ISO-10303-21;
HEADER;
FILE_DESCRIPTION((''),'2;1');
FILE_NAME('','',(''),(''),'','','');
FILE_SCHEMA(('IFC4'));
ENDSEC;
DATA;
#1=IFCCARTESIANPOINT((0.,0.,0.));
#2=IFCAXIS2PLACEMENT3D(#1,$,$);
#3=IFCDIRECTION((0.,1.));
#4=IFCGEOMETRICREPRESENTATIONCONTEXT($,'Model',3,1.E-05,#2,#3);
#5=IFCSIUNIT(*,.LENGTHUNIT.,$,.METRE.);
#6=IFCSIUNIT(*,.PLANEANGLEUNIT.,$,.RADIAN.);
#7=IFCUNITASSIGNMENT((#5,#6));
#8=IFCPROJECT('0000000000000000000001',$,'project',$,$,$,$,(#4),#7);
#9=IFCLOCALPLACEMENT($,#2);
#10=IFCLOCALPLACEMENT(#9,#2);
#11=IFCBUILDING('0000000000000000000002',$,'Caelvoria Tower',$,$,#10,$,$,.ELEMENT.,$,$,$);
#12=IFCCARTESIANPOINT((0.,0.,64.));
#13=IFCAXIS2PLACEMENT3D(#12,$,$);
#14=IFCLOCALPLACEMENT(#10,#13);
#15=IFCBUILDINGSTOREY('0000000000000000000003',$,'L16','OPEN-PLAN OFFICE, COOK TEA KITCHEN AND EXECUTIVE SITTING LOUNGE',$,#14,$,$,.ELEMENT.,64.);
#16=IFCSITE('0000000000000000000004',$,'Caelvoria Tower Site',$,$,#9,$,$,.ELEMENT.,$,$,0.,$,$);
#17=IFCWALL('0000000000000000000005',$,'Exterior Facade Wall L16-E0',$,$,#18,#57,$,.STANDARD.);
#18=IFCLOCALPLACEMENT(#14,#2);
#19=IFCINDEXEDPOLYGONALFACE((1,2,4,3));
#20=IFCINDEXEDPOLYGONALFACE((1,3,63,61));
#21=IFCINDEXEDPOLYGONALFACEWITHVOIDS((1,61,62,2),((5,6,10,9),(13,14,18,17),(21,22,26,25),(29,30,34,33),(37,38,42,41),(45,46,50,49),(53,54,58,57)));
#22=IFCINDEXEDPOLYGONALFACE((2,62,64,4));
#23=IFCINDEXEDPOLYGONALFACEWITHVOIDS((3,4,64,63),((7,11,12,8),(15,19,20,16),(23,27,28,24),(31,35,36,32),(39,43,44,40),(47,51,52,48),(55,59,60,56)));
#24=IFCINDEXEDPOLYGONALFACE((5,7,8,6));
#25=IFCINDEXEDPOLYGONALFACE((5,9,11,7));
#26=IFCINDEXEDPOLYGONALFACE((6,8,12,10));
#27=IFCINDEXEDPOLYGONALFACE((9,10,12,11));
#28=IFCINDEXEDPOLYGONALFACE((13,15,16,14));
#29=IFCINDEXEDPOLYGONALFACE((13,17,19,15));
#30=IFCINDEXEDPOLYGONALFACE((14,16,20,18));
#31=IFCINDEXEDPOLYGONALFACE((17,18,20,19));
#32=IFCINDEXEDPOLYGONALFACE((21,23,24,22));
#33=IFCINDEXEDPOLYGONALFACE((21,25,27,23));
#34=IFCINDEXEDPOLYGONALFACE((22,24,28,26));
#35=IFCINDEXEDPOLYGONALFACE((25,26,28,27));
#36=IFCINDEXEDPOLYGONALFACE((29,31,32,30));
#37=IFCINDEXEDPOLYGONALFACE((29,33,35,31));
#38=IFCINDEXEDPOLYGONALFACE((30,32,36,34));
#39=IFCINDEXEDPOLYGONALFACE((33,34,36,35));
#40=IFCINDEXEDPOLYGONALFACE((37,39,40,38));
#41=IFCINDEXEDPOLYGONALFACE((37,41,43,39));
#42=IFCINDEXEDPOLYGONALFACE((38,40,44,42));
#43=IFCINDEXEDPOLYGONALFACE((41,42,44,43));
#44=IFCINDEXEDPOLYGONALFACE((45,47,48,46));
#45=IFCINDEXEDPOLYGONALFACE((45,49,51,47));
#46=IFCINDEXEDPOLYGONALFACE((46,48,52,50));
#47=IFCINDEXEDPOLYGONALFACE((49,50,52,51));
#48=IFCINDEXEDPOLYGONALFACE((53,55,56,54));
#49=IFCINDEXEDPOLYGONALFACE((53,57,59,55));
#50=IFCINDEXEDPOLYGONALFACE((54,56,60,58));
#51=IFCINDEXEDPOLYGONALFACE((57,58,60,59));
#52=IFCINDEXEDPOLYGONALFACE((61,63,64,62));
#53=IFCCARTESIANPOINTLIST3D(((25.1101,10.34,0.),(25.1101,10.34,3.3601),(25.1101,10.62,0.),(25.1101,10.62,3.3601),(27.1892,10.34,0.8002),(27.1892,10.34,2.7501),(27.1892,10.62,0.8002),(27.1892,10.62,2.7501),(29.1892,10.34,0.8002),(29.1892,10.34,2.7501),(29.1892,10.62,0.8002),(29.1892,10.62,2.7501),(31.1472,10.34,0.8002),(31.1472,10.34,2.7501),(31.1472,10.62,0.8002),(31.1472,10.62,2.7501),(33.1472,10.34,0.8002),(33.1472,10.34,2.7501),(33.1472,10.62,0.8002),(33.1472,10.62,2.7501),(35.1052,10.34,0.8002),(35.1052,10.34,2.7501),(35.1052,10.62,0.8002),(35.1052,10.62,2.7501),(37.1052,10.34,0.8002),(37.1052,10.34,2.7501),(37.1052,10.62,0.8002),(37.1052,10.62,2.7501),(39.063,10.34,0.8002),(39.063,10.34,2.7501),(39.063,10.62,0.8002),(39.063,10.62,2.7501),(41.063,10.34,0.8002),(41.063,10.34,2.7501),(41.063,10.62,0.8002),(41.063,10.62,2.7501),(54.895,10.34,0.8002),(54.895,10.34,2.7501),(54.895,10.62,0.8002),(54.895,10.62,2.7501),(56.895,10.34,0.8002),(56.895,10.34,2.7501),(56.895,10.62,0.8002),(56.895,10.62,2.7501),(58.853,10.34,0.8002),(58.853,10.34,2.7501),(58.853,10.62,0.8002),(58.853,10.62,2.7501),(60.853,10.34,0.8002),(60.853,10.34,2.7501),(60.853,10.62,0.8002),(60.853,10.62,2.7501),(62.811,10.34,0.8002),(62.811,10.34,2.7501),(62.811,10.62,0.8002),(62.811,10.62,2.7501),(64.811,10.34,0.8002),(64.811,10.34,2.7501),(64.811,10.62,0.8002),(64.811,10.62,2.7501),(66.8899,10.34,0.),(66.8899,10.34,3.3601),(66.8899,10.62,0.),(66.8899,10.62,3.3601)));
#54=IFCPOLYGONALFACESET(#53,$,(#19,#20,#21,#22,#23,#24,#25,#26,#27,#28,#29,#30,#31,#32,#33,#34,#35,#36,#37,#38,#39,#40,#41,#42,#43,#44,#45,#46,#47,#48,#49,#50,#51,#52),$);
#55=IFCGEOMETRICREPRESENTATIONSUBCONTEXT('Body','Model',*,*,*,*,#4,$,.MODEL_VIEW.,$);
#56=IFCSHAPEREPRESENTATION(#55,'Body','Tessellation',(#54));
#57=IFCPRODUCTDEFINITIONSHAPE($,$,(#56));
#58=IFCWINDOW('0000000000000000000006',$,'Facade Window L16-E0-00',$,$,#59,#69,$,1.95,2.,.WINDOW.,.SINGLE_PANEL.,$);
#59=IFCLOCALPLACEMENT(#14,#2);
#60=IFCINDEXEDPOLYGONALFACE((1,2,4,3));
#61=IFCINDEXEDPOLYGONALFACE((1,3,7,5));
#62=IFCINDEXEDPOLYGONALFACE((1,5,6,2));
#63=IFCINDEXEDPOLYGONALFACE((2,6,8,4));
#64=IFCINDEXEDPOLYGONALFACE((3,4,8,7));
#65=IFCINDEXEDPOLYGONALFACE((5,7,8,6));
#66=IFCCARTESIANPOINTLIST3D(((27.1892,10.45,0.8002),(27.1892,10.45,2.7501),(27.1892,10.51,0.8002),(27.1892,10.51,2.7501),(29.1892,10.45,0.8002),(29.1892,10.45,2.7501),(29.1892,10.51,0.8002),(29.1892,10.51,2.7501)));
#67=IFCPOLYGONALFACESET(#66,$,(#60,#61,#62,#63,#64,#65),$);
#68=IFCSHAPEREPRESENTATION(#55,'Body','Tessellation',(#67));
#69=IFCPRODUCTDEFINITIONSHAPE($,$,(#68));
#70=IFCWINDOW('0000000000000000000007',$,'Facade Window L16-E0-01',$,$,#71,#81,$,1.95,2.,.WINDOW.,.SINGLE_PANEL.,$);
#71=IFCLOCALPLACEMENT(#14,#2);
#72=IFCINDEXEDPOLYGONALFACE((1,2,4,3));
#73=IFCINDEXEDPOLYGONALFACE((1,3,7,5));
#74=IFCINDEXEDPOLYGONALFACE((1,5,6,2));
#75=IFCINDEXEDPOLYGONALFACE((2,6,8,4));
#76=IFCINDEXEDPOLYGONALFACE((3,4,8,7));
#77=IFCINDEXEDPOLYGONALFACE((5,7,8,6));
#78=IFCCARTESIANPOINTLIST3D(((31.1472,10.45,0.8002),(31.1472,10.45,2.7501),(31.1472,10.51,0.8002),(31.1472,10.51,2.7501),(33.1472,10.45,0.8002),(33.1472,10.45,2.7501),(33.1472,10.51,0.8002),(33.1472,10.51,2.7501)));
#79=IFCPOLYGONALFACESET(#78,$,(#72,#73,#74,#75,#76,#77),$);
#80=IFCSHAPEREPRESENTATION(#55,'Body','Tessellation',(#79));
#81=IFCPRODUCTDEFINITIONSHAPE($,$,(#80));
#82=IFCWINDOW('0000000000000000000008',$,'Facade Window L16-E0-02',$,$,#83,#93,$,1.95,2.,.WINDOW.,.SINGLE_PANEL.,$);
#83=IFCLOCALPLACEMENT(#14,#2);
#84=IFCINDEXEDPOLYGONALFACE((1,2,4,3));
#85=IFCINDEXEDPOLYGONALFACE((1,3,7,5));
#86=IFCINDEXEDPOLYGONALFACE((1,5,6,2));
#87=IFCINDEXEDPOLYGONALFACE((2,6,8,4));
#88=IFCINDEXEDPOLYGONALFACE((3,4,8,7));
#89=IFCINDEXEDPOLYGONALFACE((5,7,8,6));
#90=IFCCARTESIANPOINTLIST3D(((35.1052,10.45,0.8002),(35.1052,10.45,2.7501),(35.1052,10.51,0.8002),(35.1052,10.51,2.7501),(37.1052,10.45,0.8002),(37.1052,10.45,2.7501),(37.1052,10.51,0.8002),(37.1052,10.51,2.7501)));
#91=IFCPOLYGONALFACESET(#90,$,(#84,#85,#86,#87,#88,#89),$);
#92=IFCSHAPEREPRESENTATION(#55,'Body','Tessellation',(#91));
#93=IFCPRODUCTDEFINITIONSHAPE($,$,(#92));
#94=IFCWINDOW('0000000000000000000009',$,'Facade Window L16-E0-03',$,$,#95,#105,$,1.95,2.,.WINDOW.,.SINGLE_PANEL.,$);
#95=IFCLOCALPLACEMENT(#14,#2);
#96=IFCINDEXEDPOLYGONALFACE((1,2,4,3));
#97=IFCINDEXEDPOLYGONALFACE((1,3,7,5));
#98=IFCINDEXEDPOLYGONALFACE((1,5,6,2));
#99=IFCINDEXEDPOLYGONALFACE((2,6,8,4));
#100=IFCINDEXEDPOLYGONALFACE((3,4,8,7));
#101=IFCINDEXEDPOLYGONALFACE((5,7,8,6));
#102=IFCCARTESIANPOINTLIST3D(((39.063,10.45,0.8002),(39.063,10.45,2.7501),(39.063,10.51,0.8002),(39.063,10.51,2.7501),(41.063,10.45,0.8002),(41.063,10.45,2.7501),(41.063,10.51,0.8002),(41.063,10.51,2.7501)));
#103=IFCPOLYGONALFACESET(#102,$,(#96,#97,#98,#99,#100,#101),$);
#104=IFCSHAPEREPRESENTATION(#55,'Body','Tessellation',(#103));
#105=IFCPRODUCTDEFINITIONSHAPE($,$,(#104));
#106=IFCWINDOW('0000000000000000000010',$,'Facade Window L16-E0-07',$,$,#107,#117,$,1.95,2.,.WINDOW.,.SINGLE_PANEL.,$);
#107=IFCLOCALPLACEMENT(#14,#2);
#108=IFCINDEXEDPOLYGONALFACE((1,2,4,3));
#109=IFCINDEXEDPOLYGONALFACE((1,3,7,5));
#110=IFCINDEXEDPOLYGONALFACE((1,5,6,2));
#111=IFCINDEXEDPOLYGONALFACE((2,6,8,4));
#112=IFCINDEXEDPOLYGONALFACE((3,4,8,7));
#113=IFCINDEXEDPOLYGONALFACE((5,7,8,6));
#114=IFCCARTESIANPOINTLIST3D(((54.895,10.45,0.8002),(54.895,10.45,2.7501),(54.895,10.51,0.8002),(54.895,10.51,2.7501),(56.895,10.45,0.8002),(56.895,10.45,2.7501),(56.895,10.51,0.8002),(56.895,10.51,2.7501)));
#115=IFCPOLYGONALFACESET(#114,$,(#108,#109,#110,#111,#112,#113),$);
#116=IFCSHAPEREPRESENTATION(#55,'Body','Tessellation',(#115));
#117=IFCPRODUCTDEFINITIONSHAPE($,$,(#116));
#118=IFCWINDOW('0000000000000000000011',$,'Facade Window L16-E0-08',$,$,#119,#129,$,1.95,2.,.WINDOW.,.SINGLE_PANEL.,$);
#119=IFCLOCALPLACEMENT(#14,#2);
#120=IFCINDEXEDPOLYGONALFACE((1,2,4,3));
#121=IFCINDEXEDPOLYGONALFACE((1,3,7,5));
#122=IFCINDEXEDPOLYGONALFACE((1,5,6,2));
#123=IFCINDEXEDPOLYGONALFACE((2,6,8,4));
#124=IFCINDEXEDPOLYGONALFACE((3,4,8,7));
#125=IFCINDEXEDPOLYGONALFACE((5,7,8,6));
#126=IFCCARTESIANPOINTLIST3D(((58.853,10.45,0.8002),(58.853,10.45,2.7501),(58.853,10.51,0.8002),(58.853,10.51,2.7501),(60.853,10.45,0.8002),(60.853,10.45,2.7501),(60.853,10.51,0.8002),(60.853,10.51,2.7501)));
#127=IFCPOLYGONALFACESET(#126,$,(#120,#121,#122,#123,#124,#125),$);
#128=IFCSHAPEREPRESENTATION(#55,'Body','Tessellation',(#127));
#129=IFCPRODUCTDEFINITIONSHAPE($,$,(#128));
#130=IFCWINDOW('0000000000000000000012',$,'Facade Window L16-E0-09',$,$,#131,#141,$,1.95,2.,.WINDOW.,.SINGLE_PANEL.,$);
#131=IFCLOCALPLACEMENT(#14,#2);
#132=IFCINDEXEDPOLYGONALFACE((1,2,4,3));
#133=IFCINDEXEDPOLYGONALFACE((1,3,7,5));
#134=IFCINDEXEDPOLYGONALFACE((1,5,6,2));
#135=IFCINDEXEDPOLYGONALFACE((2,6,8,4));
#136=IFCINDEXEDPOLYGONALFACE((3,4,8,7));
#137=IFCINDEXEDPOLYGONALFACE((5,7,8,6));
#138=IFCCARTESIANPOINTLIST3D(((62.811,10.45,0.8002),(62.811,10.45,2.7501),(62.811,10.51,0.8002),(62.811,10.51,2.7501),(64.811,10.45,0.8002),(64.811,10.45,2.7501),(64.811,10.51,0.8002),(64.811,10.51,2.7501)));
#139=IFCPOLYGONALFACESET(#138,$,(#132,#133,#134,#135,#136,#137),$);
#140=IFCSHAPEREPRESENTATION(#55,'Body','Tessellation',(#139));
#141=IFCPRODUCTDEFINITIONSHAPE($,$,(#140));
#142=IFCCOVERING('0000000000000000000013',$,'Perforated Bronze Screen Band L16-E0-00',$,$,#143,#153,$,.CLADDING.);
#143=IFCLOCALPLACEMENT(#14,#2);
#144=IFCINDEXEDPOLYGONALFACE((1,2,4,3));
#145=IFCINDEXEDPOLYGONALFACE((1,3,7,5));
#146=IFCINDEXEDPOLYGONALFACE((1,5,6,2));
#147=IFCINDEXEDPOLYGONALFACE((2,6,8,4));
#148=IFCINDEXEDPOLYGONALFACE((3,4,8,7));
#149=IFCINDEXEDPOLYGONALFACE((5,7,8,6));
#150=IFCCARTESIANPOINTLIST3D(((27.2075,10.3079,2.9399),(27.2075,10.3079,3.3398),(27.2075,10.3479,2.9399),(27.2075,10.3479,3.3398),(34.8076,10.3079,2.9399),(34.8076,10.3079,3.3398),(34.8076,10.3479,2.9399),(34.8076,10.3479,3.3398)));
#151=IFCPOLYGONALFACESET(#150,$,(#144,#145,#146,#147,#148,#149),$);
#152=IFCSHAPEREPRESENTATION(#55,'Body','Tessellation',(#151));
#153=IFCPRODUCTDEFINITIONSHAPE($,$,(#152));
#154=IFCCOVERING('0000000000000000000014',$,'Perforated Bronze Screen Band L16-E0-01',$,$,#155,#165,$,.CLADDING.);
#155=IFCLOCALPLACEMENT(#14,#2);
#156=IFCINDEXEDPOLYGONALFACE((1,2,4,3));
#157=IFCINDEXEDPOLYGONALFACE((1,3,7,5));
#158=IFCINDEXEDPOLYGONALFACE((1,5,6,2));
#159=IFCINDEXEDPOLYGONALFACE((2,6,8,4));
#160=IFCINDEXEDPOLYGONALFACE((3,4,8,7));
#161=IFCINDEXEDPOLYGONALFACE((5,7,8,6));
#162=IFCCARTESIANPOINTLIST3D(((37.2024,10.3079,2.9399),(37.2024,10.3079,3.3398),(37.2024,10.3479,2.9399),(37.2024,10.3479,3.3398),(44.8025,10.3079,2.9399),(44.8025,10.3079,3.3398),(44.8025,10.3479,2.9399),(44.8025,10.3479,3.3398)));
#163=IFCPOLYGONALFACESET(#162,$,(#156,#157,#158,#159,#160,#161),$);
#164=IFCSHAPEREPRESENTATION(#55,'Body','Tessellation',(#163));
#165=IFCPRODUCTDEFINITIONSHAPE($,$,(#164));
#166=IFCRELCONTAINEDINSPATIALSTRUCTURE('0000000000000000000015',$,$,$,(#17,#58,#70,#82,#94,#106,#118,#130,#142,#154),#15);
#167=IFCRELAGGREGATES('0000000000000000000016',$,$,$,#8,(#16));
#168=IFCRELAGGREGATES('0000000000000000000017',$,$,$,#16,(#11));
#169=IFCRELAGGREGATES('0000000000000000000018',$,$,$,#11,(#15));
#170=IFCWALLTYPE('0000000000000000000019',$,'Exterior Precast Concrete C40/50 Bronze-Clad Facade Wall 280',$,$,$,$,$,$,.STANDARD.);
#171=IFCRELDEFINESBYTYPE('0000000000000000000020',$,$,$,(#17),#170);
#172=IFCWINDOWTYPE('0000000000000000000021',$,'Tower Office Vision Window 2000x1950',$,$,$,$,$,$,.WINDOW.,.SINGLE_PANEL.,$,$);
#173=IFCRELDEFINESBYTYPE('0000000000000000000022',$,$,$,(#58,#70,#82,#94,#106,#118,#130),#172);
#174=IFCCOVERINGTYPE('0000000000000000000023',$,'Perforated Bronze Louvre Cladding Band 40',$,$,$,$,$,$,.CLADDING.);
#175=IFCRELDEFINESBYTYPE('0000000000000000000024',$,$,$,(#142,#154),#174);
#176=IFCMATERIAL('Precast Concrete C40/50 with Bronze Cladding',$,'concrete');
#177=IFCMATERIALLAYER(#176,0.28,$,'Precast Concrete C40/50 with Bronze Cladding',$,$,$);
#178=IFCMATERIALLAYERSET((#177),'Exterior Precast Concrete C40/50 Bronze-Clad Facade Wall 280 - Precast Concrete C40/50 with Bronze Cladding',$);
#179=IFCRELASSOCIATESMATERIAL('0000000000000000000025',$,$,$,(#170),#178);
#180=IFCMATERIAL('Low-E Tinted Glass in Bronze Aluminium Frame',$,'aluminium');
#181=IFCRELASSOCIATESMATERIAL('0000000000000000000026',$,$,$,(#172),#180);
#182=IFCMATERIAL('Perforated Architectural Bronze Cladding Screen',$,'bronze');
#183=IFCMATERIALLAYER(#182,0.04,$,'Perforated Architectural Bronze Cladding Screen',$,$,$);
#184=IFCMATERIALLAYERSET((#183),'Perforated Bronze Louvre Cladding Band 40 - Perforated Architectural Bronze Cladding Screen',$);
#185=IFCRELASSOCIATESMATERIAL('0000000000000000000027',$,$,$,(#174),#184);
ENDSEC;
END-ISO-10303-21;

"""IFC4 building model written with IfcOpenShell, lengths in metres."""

from ifc_helpers import new_model, si_unit, direction, frame, frame_2d, origin, origin_2d, place, context, subcontext, project, spatial, rectangle, extrude, material, layer, layer_set, type_object, element, fill, save


model = new_model("IFC4")

# Units and contexts
model_context = context("Model", 3, precision=1e-05, world=origin(), true_north=direction((0.0, 1.0)))
body_context = subcontext(model_context, "Body", "Model", "MODEL_VIEW")
ifc_project = project(units=[si_unit("LENGTHUNIT", "METRE"), si_unit("PLANEANGLEUNIT", "RADIAN")], contexts=[model_context])

# Site, building, storey
site_placement = place(None, origin())
site = spatial("IfcSite", under=ifc_project, at=site_placement, Name="Caelvoria Tower Site", CompositionType="ELEMENT", RefElevation=0.0)
building_placement = place(site_placement, origin())
building = spatial("IfcBuilding", under=site, at=building_placement, Name="Caelvoria Tower", CompositionType="ELEMENT")
storey_placement = place(building_placement, frame((0.0, 0.0, 64.0)))
storey = spatial("IfcBuildingStorey", under=building, at=storey_placement, Name="L16", Description="OPEN-PLAN OFFICE, COOK TEA KITCHEN AND EXECUTIVE SITTING LOUNGE", CompositionType="ELEMENT", Elevation=64.0)

# Wall, openings, windows
ifc_material_1 = material(Name="Precast Concrete C40/50 with Bronze Cladding", Category="concrete")
ifc_layer_1 = layer(ifc_material_1, 0.28, Name="Precast Concrete C40/50 with Bronze Cladding")
ifc_layer_set_1 = layer_set([ifc_layer_1], Name="Exterior Precast Concrete C40/50 Bronze-Clad Facade Wall 280 - Precast Concrete C40/50 with Bronze Cladding")
wall_type = type_object("IfcWallType", Name="Exterior Precast Concrete C40/50 Bronze-Clad Facade Wall 280", PredefinedType="STANDARD", material=ifc_layer_set_1)
wall_placement = place(storey_placement, frame((25.1101, 10.48, 0.0), z_axis=(0.0, 0.0, 1.0), x_axis=(1.0, 0.0, 0.0)))
wall = element("IfcWall", 1, at=wall_placement, inside=storey, type_object=wall_type, Name="Exterior Facade Wall L16-E0", PredefinedType="STANDARD", context=body_context, shape_type="SweptSolid", body=[
    extrude(rectangle(XDim=41.7798, YDim=0.28, at=frame_2d((20.8899, 0.0))), origin(), (0.0, 0.0, 1.0), 3.3601),
])
opening_1_placement = place(wall_placement, frame((2.0791, 0.0, 0.8)))
opening_1 = element("IfcOpeningElement", 2, at=opening_1_placement, cuts=wall, PredefinedType="OPENING", context=body_context, shape_type="SweptSolid", body=[
    extrude(rectangle(XDim=2.0, YDim=1.95, at=frame_2d((1.0, 0.9751))), frame((0.0, 0.1499, 0.0), z_axis=(0.0, -1.0, 0.0), x_axis=(1.0, 0.0, 0.0)), (0.0, 0.0, 1.0), 0.3),
])
opening_2_placement = place(wall_placement, frame((6.0371, 0.0, 0.8)))
opening_2 = element("IfcOpeningElement", 3, at=opening_2_placement, cuts=wall, PredefinedType="OPENING", context=body_context, shape_type="SweptSolid", body=[
    extrude(rectangle(XDim=2.0, YDim=1.95, at=frame_2d((1.0, 0.9751))), frame((0.0, 0.1499, 0.0), z_axis=(0.0, -1.0, 0.0), x_axis=(1.0, 0.0, 0.0)), (0.0, 0.0, 1.0), 0.3),
])
opening_3_placement = place(wall_placement, frame((9.9951, 0.0, 0.8)))
opening_3 = element("IfcOpeningElement", 4, at=opening_3_placement, cuts=wall, PredefinedType="OPENING", context=body_context, shape_type="SweptSolid", body=[
    extrude(rectangle(XDim=2.0, YDim=1.95, at=frame_2d((1.0, 0.9751))), frame((0.0, 0.1499, 0.0), z_axis=(0.0, -1.0, 0.0), x_axis=(1.0, 0.0, 0.0)), (0.0, 0.0, 1.0), 0.3),
])
opening_4_placement = place(wall_placement, frame((13.9529, 0.0, 0.8)))
opening_4 = element("IfcOpeningElement", 5, at=opening_4_placement, cuts=wall, PredefinedType="OPENING", context=body_context, shape_type="SweptSolid", body=[
    extrude(rectangle(XDim=2.0, YDim=1.95, at=frame_2d((1.0, 0.9751))), frame((0.0, 0.1499, 0.0), z_axis=(0.0, -1.0, 0.0), x_axis=(1.0, 0.0, 0.0)), (0.0, 0.0, 1.0), 0.3),
])
opening_5_placement = place(wall_placement, frame((29.7849, 0.0, 0.8)))
opening_5 = element("IfcOpeningElement", 6, at=opening_5_placement, cuts=wall, PredefinedType="OPENING", context=body_context, shape_type="SweptSolid", body=[
    extrude(rectangle(XDim=2.0, YDim=1.95, at=frame_2d((1.0, 0.9751))), frame((0.0, 0.1499, 0.0), z_axis=(0.0, -1.0, 0.0), x_axis=(1.0, 0.0, 0.0)), (0.0, 0.0, 1.0), 0.3),
])
opening_6_placement = place(wall_placement, frame((33.7429, 0.0, 0.8)))
opening_6 = element("IfcOpeningElement", 7, at=opening_6_placement, cuts=wall, PredefinedType="OPENING", context=body_context, shape_type="SweptSolid", body=[
    extrude(rectangle(XDim=2.0, YDim=1.95, at=frame_2d((1.0, 0.9751))), frame((0.0, 0.1499, 0.0), z_axis=(0.0, -1.0, 0.0), x_axis=(1.0, 0.0, 0.0)), (0.0, 0.0, 1.0), 0.3),
])
opening_7_placement = place(wall_placement, frame((37.7009, 0.0, 0.8)))
opening_7 = element("IfcOpeningElement", 8, at=opening_7_placement, cuts=wall, PredefinedType="OPENING", context=body_context, shape_type="SweptSolid", body=[
    extrude(rectangle(XDim=2.0, YDim=1.95, at=frame_2d((1.0, 0.9751))), frame((0.0, 0.1499, 0.0), z_axis=(0.0, -1.0, 0.0), x_axis=(1.0, 0.0, 0.0)), (0.0, 0.0, 1.0), 0.3),
])
ifc_material_2 = material(Name="Low-E Tinted Glass in Bronze Aluminium Frame", Category="aluminium")
window_type = type_object("IfcWindowType", Name="Tower Office Vision Window 2000x1950", PartitioningType="SINGLE_PANEL", PredefinedType="WINDOW", material=ifc_material_2)
window_1_placement = place(opening_1_placement, origin())
window_1 = element("IfcWindow", 9, at=window_1_placement, inside=storey, type_object=window_type, Name="Facade Window L16-E0-00", OverallHeight=1.95, OverallWidth=2.0, PartitioningType="SINGLE_PANEL", PredefinedType="WINDOW", context=body_context, shape_type="SweptSolid", body=[
    extrude(rectangle(XDim=2.0, YDim=1.95, at=frame_2d((1.0, 0.9751))), frame((0.0, 0.03, 0.0), z_axis=(0.0, -1.0, 0.0), x_axis=(1.0, 0.0, 0.0)), (0.0, 0.0, 1.0), 0.0601),
])
fill(opening_1, window_1)
window_2_placement = place(opening_2_placement, origin())
window_2 = element("IfcWindow", 10, at=window_2_placement, inside=storey, type_object=window_type, Name="Facade Window L16-E0-01", OverallHeight=1.95, OverallWidth=2.0, PartitioningType="SINGLE_PANEL", PredefinedType="WINDOW", context=body_context, shape_type="SweptSolid", body=[
    extrude(rectangle(XDim=2.0, YDim=1.95, at=frame_2d((1.0, 0.9751))), frame((0.0, 0.03, 0.0), z_axis=(0.0, -1.0, 0.0), x_axis=(1.0, 0.0, 0.0)), (0.0, 0.0, 1.0), 0.0601),
])
fill(opening_2, window_2)
window_3_placement = place(opening_3_placement, origin())
window_3 = element("IfcWindow", 11, at=window_3_placement, inside=storey, type_object=window_type, Name="Facade Window L16-E0-02", OverallHeight=1.95, OverallWidth=2.0, PartitioningType="SINGLE_PANEL", PredefinedType="WINDOW", context=body_context, shape_type="SweptSolid", body=[
    extrude(rectangle(XDim=2.0, YDim=1.95, at=frame_2d((1.0, 0.9751))), frame((0.0, 0.03, 0.0), z_axis=(0.0, -1.0, 0.0), x_axis=(1.0, 0.0, 0.0)), (0.0, 0.0, 1.0), 0.0601),
])
fill(opening_3, window_3)
window_4_placement = place(opening_4_placement, origin())
window_4 = element("IfcWindow", 12, at=window_4_placement, inside=storey, type_object=window_type, Name="Facade Window L16-E0-03", OverallHeight=1.95, OverallWidth=2.0, PartitioningType="SINGLE_PANEL", PredefinedType="WINDOW", context=body_context, shape_type="SweptSolid", body=[
    extrude(rectangle(XDim=2.0, YDim=1.95, at=frame_2d((1.0, 0.9751))), frame((0.0, 0.03, 0.0), z_axis=(0.0, -1.0, 0.0), x_axis=(1.0, 0.0, 0.0)), (0.0, 0.0, 1.0), 0.0601),
])
fill(opening_4, window_4)
window_5_placement = place(opening_5_placement, origin())
window_5 = element("IfcWindow", 13, at=window_5_placement, inside=storey, type_object=window_type, Name="Facade Window L16-E0-07", OverallHeight=1.95, OverallWidth=2.0, PartitioningType="SINGLE_PANEL", PredefinedType="WINDOW", context=body_context, shape_type="SweptSolid", body=[
    extrude(rectangle(XDim=2.0, YDim=1.95, at=frame_2d((1.0, 0.9751))), frame((0.0, 0.03, 0.0), z_axis=(0.0, -1.0, 0.0), x_axis=(1.0, 0.0, 0.0)), (0.0, 0.0, 1.0), 0.0601),
])
fill(opening_5, window_5)
window_6_placement = place(opening_6_placement, origin())
window_6 = element("IfcWindow", 14, at=window_6_placement, inside=storey, type_object=window_type, Name="Facade Window L16-E0-08", OverallHeight=1.95, OverallWidth=2.0, PartitioningType="SINGLE_PANEL", PredefinedType="WINDOW", context=body_context, shape_type="SweptSolid", body=[
    extrude(rectangle(XDim=2.0, YDim=1.95, at=frame_2d((1.0, 0.9751))), frame((0.0, 0.03, 0.0), z_axis=(0.0, -1.0, 0.0), x_axis=(1.0, 0.0, 0.0)), (0.0, 0.0, 1.0), 0.0601),
])
fill(opening_6, window_6)
window_7_placement = place(opening_7_placement, origin())
window_7 = element("IfcWindow", 15, at=window_7_placement, inside=storey, type_object=window_type, Name="Facade Window L16-E0-09", OverallHeight=1.95, OverallWidth=2.0, PartitioningType="SINGLE_PANEL", PredefinedType="WINDOW", context=body_context, shape_type="SweptSolid", body=[
    extrude(rectangle(XDim=2.0, YDim=1.95, at=frame_2d((1.0, 0.9751))), frame((0.0, 0.03, 0.0), z_axis=(0.0, -1.0, 0.0), x_axis=(1.0, 0.0, 0.0)), (0.0, 0.0, 1.0), 0.0601),
])
fill(opening_7, window_7)

# Coverings
ifc_material_3 = material(Name="Perforated Architectural Bronze Cladding Screen", Category="bronze")
ifc_layer_2 = layer(ifc_material_3, 0.04, Name="Perforated Architectural Bronze Cladding Screen")
ifc_layer_set_2 = layer_set([ifc_layer_2], Name="Perforated Bronze Louvre Cladding Band 40 - Perforated Architectural Bronze Cladding Screen")
covering_type = type_object("IfcCoveringType", Name="Perforated Bronze Louvre Cladding Band 40", PredefinedType="CLADDING", material=ifc_layer_set_2)
for number, where, z_axis, x_axis, name in (
    (16, (31.0076, 10.3279, 2.9399), (0.0, 0.0, 1.0), (1.0, 0.0, 0.0), "Perforated Bronze Screen Band L16-E0-00"),
    (17, (41.0024, 10.3279, 2.9399), (0.0, 0.0, 1.0), (1.0, 0.0, 0.0), "Perforated Bronze Screen Band L16-E0-01"),
):
    element("IfcCovering", number, at=place(storey_placement, frame(where, z_axis=z_axis, x_axis=x_axis)), inside=storey, type_object=covering_type, Name=name, PredefinedType="CLADDING", context=body_context, shape_type="SweptSolid", body=[
        extrude(rectangle(XDim=7.6001, YDim=0.04, at=origin_2d()), origin(), (0.0, 0.0, 1.0), 0.3999),
    ])

save(model, "model.ifc")
